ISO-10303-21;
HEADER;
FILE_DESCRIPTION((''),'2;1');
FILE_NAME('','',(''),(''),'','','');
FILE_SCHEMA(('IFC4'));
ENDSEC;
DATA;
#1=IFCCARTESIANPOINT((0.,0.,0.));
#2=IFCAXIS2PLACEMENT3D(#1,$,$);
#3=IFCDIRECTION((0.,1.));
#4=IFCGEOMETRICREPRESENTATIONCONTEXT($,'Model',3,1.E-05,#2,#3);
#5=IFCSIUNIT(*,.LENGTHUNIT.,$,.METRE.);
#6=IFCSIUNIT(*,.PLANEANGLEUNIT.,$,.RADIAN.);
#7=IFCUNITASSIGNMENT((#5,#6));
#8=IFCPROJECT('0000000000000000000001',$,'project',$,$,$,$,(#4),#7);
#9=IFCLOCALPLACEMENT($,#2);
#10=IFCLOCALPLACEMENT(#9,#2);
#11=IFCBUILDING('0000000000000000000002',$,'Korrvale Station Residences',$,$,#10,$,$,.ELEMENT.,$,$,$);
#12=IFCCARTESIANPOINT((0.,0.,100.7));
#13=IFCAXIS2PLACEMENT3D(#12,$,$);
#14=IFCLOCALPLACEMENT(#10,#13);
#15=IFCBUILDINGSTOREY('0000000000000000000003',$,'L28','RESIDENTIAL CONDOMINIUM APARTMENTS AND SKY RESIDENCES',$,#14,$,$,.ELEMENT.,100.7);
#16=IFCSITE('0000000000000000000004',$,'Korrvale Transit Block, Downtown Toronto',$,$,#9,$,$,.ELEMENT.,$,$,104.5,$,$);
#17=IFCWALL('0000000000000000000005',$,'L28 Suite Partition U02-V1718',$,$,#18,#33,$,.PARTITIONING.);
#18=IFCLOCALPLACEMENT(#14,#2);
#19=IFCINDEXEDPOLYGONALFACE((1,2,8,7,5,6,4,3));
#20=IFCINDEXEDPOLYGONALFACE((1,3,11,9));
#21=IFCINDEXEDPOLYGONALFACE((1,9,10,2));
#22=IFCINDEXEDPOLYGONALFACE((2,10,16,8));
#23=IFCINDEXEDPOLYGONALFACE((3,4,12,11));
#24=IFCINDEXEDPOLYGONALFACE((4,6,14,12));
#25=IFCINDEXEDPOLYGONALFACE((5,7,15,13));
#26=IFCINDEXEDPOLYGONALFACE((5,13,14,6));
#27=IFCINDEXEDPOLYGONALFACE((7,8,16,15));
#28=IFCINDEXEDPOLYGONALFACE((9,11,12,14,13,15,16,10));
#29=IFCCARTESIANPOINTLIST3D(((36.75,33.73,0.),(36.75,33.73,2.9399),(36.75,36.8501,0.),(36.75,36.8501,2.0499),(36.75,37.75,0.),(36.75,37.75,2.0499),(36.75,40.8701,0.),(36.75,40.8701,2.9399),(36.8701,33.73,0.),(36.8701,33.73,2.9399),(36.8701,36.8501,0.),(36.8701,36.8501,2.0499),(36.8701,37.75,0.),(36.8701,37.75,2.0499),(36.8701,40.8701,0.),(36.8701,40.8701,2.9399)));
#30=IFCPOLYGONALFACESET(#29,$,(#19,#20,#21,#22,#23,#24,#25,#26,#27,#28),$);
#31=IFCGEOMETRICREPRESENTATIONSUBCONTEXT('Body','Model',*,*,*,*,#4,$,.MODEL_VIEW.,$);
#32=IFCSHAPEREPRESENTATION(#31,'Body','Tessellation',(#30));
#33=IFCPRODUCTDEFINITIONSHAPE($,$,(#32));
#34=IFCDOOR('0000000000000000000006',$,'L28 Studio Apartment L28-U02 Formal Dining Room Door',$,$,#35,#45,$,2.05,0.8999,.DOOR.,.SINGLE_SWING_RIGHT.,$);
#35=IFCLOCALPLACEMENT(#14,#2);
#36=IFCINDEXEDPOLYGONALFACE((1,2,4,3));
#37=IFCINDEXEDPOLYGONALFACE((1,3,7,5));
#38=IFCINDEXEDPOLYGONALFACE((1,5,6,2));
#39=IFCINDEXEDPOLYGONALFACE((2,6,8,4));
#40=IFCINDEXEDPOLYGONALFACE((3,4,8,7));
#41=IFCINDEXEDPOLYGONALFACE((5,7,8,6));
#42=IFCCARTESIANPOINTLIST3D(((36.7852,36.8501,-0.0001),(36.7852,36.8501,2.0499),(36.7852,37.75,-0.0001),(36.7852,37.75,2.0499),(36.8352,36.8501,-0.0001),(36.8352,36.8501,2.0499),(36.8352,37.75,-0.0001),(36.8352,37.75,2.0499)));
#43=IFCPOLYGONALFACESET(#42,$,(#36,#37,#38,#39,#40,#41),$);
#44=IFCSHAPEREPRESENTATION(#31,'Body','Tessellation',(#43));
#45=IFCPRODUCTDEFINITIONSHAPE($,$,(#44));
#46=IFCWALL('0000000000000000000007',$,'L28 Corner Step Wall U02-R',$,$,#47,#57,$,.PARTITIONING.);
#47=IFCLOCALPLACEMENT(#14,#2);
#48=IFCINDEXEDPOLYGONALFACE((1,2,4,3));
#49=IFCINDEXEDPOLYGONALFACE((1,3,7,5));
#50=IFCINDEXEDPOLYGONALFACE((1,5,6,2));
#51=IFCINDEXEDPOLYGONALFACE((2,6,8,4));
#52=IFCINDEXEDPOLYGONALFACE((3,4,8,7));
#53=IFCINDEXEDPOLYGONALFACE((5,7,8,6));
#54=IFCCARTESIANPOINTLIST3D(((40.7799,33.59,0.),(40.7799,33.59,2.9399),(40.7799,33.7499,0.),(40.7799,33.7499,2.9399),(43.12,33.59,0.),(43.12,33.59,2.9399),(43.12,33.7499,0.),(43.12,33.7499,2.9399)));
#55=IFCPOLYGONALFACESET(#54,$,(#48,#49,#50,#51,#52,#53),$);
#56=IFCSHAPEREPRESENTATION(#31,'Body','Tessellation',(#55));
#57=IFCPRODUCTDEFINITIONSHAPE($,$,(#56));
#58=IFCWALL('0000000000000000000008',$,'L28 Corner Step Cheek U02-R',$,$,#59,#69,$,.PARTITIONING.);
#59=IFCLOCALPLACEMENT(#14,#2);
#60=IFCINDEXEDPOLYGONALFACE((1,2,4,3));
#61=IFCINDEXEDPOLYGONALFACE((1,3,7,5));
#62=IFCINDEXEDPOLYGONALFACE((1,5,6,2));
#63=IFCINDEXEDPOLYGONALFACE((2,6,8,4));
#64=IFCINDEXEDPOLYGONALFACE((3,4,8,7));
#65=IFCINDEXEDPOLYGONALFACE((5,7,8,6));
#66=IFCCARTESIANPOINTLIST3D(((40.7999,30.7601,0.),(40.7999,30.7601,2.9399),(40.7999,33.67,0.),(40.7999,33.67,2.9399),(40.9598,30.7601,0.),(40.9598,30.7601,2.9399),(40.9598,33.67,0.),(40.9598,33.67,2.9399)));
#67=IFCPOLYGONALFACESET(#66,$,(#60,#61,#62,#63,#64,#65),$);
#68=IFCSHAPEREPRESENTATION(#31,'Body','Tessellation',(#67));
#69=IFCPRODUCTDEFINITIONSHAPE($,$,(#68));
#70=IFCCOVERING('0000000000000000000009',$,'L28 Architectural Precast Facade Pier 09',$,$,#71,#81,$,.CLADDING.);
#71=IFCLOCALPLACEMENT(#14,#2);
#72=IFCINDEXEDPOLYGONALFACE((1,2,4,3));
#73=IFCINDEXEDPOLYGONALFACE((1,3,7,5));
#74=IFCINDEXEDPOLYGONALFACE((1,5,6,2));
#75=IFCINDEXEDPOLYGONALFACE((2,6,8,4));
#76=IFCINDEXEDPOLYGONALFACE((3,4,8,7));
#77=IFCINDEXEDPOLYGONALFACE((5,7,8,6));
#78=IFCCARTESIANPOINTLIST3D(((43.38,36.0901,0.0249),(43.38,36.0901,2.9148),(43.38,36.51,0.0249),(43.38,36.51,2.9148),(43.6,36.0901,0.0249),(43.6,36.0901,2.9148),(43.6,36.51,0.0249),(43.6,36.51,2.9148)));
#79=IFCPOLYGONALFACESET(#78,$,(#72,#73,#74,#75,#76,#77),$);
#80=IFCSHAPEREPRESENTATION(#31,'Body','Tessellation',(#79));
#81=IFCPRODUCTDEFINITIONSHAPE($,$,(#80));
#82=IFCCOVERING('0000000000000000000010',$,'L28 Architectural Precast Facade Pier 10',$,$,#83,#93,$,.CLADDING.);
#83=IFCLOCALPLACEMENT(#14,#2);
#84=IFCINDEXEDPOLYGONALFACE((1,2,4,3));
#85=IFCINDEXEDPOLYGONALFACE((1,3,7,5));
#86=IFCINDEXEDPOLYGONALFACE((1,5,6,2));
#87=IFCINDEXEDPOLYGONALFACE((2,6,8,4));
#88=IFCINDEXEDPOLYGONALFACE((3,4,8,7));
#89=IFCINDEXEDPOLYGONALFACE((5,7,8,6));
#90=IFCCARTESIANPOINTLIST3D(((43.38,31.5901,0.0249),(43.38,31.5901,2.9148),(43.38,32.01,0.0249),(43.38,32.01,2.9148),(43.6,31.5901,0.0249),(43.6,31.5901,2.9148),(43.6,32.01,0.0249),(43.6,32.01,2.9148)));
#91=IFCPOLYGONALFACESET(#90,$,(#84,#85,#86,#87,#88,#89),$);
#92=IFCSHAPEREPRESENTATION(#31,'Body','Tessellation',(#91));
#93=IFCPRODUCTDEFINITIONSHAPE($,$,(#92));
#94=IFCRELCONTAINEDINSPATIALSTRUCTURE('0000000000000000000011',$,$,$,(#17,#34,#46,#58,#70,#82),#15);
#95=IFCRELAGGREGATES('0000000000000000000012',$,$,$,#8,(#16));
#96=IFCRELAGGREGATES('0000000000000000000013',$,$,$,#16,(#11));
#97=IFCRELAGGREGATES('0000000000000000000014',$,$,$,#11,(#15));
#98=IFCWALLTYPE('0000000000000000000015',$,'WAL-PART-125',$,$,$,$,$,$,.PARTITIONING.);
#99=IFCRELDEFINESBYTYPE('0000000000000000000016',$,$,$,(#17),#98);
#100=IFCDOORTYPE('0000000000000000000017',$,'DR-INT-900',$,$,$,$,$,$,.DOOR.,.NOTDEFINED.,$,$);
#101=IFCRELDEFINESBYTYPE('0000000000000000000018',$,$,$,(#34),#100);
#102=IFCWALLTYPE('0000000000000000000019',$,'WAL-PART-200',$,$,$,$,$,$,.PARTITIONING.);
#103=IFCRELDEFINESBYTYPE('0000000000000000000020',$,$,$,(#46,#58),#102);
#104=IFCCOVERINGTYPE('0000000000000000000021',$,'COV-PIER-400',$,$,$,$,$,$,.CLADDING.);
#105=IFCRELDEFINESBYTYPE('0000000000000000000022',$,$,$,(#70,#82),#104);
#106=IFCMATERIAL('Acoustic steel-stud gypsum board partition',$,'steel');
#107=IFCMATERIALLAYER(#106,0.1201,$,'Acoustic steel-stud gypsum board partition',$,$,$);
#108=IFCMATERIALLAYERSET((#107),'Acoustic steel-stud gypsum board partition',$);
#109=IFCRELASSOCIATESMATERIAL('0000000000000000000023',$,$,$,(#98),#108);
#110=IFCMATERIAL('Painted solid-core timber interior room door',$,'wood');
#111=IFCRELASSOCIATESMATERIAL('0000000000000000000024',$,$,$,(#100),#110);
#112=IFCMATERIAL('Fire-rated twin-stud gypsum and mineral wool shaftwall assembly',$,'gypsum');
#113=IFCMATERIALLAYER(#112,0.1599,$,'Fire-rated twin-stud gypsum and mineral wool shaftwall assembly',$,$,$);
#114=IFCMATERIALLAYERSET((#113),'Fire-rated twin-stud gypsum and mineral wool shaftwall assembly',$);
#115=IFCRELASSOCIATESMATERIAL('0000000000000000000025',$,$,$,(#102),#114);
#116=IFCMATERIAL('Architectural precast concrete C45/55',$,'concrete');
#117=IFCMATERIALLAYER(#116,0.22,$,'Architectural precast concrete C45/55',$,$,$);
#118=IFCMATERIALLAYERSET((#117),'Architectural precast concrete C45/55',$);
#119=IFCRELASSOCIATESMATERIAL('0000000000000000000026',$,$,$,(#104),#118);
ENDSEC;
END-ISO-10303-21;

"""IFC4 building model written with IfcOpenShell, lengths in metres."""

from ifc_helpers import new_model, si_unit, direction, frame, frame_2d, origin, origin_2d, place, context, subcontext, project, spatial, rectangle, extrude, material, layer, layer_set, type_object, element, fill, save


model = new_model("IFC4")

# Units and contexts
model_context = context("Model", 3, precision=1e-05, world=origin(), true_north=direction((0.0, 1.0)))
body_context = subcontext(model_context, "Body", "Model", "MODEL_VIEW")
ifc_project = project(units=[si_unit("LENGTHUNIT", "METRE"), si_unit("PLANEANGLEUNIT", "RADIAN")], contexts=[model_context])

# Site, building, storey
site_placement = place(None, origin())
site = spatial("IfcSite", under=ifc_project, at=site_placement, Name="Korrvale Transit Block, Downtown Toronto", CompositionType="ELEMENT", RefElevation=104.5)
building_placement = place(site_placement, origin())
building = spatial("IfcBuilding", under=site, at=building_placement, Name="Korrvale Station Residences", CompositionType="ELEMENT")
storey_placement = place(building_placement, frame((0.0, 0.0, 100.7)))
storey = spatial("IfcBuildingStorey", under=building, at=storey_placement, Name="L28", Description="RESIDENTIAL CONDOMINIUM APARTMENTS AND SKY RESIDENCES", CompositionType="ELEMENT", Elevation=100.7)

# Wall, opening, door
ifc_material_1 = material(Name="Acoustic steel-stud gypsum board partition", Category="steel")
ifc_layer_1 = layer(ifc_material_1, 0.1201, Name="Acoustic steel-stud gypsum board partition")
ifc_layer_set_1 = layer_set([ifc_layer_1], Name="Acoustic steel-stud gypsum board partition")
wall_type_1 = type_object("IfcWallType", Name="WAL-PART-125", PredefinedType="PARTITIONING", material=ifc_layer_set_1)
ifc_material_2 = material(Name="Painted solid-core timber interior room door", Category="wood")
door_type = type_object("IfcDoorType", Name="DR-INT-900", OperationType="NOTDEFINED", PredefinedType="DOOR", material=ifc_material_2)
wall_1_placement = place(storey_placement, frame((36.8101, 33.73, 0.0), z_axis=(0.0, 0.0, 1.0), x_axis=(0.0, 1.0, 0.0)))
wall_1 = element("IfcWall", 1, at=wall_1_placement, inside=storey, type_object=wall_type_1, Name="L28 Suite Partition U02-V1718", PredefinedType="PARTITIONING", context=body_context, shape_type="SweptSolid", body=[
    extrude(rectangle(XDim=7.1401, YDim=0.1201, at=frame_2d((3.5701, 0.0))), origin(), (0.0, 0.0, 1.0), 2.9399),
])
opening_1_placement = place(wall_1_placement, frame((3.1201, 0.0, 0.0)))
opening_1 = element("IfcOpeningElement", 2, at=opening_1_placement, cuts=wall_1, PredefinedType="OPENING", context=body_context, shape_type="SweptSolid", body=[
    extrude(rectangle(XDim=0.8999, YDim=2.05, at=frame_2d((0.45, 1.0249))), frame((0.0, 0.0701, 0.0), z_axis=(0.0, -1.0, 0.0), x_axis=(1.0, 0.0, 0.0)), (0.0, 0.0, 1.0), 0.1401),
])
door_1_placement = place(opening_1_placement, origin())
door_1 = element("IfcDoor", 3, at=door_1_placement, inside=storey, type_object=door_type, Name="L28 Studio Apartment L28-U02 Formal Dining Room Door", OperationType="SINGLE_SWING_RIGHT", OverallHeight=2.05, OverallWidth=0.8999, PredefinedType="DOOR", context=body_context, shape_type="SweptSolid", body=[
    extrude(rectangle(XDim=0.8999, YDim=2.05, at=frame_2d((0.45, 1.0249))), frame((0.0, 0.0249, 0.0), z_axis=(0.0, -1.0, 0.0), x_axis=(1.0, 0.0, 0.0)), (0.0, 0.0, 1.0), 0.05),
])
fill(opening_1, door_1)

# Walls
ifc_material_3 = material(Name="Fire-rated twin-stud gypsum and mineral wool shaftwall assembly", Category="gypsum")
ifc_layer_2 = layer(ifc_material_3, 0.1599, Name="Fire-rated twin-stud gypsum and mineral wool shaftwall assembly")
ifc_layer_set_2 = layer_set([ifc_layer_2], Name="Fire-rated twin-stud gypsum and mineral wool shaftwall assembly")
wall_type_2 = type_object("IfcWallType", Name="WAL-PART-200", PredefinedType="PARTITIONING", material=ifc_layer_set_2)
wall_2_placement = place(storey_placement, frame((40.78, 33.6699, 0.0), z_axis=(0.0, 0.0, 1.0), x_axis=(1.0, 0.0, 0.0)))
element("IfcWall", 4, at=wall_2_placement, inside=storey, type_object=wall_type_2, Name="L28 Corner Step Wall U02-R", PredefinedType="PARTITIONING", context=body_context, shape_type="SweptSolid", body=[
    extrude(rectangle(XDim=2.3401, YDim=0.1599, at=frame_2d((1.1699, 0.0))), origin(), (0.0, 0.0, 1.0), 2.9399),
])
wall_3_placement = place(storey_placement, frame((40.8799, 30.76, 0.0), z_axis=(0.0, 0.0, 1.0), x_axis=(0.0, 1.0, 0.0)))
element("IfcWall", 5, at=wall_3_placement, inside=storey, type_object=wall_type_2, Name="L28 Corner Step Cheek U02-R", PredefinedType="PARTITIONING", context=body_context, shape_type="SweptSolid", body=[
    extrude(rectangle(XDim=2.9099, YDim=0.1599, at=frame_2d((1.4551, 0.0))), origin(), (0.0, 0.0, 1.0), 2.9399),
])

# Coverings
ifc_material_4 = material(Name="Architectural precast concrete C45/55", Category="concrete")
ifc_layer_3 = layer(ifc_material_4, 0.22, Name="Architectural precast concrete C45/55")
ifc_layer_set_3 = layer_set([ifc_layer_3], Name="Architectural precast concrete C45/55")
covering_type = type_object("IfcCoveringType", Name="COV-PIER-400", PredefinedType="CLADDING", material=ifc_layer_set_3)
for number, where, z_axis, x_axis, name in (
    (6, (43.49, 36.3, 0.0249), (0.0, 0.0, 1.0), (0.0, 1.0, 0.0), "L28 Architectural Precast Facade Pier 09"),
    (7, (43.49, 31.8, 0.0249), (0.0, 0.0, 1.0), (0.0, 1.0, 0.0), "L28 Architectural Precast Facade Pier 10"),
):
    element("IfcCovering", number, at=place(storey_placement, frame(where, z_axis=z_axis, x_axis=x_axis)), inside=storey, type_object=covering_type, Name=name, PredefinedType="CLADDING", context=body_context, shape_type="SweptSolid", body=[
        extrude(rectangle(XDim=0.4199, YDim=0.22, at=origin_2d()), origin(), (0.0, 0.0, 1.0), 2.8899),
    ])

save(model, "model.ifc")
